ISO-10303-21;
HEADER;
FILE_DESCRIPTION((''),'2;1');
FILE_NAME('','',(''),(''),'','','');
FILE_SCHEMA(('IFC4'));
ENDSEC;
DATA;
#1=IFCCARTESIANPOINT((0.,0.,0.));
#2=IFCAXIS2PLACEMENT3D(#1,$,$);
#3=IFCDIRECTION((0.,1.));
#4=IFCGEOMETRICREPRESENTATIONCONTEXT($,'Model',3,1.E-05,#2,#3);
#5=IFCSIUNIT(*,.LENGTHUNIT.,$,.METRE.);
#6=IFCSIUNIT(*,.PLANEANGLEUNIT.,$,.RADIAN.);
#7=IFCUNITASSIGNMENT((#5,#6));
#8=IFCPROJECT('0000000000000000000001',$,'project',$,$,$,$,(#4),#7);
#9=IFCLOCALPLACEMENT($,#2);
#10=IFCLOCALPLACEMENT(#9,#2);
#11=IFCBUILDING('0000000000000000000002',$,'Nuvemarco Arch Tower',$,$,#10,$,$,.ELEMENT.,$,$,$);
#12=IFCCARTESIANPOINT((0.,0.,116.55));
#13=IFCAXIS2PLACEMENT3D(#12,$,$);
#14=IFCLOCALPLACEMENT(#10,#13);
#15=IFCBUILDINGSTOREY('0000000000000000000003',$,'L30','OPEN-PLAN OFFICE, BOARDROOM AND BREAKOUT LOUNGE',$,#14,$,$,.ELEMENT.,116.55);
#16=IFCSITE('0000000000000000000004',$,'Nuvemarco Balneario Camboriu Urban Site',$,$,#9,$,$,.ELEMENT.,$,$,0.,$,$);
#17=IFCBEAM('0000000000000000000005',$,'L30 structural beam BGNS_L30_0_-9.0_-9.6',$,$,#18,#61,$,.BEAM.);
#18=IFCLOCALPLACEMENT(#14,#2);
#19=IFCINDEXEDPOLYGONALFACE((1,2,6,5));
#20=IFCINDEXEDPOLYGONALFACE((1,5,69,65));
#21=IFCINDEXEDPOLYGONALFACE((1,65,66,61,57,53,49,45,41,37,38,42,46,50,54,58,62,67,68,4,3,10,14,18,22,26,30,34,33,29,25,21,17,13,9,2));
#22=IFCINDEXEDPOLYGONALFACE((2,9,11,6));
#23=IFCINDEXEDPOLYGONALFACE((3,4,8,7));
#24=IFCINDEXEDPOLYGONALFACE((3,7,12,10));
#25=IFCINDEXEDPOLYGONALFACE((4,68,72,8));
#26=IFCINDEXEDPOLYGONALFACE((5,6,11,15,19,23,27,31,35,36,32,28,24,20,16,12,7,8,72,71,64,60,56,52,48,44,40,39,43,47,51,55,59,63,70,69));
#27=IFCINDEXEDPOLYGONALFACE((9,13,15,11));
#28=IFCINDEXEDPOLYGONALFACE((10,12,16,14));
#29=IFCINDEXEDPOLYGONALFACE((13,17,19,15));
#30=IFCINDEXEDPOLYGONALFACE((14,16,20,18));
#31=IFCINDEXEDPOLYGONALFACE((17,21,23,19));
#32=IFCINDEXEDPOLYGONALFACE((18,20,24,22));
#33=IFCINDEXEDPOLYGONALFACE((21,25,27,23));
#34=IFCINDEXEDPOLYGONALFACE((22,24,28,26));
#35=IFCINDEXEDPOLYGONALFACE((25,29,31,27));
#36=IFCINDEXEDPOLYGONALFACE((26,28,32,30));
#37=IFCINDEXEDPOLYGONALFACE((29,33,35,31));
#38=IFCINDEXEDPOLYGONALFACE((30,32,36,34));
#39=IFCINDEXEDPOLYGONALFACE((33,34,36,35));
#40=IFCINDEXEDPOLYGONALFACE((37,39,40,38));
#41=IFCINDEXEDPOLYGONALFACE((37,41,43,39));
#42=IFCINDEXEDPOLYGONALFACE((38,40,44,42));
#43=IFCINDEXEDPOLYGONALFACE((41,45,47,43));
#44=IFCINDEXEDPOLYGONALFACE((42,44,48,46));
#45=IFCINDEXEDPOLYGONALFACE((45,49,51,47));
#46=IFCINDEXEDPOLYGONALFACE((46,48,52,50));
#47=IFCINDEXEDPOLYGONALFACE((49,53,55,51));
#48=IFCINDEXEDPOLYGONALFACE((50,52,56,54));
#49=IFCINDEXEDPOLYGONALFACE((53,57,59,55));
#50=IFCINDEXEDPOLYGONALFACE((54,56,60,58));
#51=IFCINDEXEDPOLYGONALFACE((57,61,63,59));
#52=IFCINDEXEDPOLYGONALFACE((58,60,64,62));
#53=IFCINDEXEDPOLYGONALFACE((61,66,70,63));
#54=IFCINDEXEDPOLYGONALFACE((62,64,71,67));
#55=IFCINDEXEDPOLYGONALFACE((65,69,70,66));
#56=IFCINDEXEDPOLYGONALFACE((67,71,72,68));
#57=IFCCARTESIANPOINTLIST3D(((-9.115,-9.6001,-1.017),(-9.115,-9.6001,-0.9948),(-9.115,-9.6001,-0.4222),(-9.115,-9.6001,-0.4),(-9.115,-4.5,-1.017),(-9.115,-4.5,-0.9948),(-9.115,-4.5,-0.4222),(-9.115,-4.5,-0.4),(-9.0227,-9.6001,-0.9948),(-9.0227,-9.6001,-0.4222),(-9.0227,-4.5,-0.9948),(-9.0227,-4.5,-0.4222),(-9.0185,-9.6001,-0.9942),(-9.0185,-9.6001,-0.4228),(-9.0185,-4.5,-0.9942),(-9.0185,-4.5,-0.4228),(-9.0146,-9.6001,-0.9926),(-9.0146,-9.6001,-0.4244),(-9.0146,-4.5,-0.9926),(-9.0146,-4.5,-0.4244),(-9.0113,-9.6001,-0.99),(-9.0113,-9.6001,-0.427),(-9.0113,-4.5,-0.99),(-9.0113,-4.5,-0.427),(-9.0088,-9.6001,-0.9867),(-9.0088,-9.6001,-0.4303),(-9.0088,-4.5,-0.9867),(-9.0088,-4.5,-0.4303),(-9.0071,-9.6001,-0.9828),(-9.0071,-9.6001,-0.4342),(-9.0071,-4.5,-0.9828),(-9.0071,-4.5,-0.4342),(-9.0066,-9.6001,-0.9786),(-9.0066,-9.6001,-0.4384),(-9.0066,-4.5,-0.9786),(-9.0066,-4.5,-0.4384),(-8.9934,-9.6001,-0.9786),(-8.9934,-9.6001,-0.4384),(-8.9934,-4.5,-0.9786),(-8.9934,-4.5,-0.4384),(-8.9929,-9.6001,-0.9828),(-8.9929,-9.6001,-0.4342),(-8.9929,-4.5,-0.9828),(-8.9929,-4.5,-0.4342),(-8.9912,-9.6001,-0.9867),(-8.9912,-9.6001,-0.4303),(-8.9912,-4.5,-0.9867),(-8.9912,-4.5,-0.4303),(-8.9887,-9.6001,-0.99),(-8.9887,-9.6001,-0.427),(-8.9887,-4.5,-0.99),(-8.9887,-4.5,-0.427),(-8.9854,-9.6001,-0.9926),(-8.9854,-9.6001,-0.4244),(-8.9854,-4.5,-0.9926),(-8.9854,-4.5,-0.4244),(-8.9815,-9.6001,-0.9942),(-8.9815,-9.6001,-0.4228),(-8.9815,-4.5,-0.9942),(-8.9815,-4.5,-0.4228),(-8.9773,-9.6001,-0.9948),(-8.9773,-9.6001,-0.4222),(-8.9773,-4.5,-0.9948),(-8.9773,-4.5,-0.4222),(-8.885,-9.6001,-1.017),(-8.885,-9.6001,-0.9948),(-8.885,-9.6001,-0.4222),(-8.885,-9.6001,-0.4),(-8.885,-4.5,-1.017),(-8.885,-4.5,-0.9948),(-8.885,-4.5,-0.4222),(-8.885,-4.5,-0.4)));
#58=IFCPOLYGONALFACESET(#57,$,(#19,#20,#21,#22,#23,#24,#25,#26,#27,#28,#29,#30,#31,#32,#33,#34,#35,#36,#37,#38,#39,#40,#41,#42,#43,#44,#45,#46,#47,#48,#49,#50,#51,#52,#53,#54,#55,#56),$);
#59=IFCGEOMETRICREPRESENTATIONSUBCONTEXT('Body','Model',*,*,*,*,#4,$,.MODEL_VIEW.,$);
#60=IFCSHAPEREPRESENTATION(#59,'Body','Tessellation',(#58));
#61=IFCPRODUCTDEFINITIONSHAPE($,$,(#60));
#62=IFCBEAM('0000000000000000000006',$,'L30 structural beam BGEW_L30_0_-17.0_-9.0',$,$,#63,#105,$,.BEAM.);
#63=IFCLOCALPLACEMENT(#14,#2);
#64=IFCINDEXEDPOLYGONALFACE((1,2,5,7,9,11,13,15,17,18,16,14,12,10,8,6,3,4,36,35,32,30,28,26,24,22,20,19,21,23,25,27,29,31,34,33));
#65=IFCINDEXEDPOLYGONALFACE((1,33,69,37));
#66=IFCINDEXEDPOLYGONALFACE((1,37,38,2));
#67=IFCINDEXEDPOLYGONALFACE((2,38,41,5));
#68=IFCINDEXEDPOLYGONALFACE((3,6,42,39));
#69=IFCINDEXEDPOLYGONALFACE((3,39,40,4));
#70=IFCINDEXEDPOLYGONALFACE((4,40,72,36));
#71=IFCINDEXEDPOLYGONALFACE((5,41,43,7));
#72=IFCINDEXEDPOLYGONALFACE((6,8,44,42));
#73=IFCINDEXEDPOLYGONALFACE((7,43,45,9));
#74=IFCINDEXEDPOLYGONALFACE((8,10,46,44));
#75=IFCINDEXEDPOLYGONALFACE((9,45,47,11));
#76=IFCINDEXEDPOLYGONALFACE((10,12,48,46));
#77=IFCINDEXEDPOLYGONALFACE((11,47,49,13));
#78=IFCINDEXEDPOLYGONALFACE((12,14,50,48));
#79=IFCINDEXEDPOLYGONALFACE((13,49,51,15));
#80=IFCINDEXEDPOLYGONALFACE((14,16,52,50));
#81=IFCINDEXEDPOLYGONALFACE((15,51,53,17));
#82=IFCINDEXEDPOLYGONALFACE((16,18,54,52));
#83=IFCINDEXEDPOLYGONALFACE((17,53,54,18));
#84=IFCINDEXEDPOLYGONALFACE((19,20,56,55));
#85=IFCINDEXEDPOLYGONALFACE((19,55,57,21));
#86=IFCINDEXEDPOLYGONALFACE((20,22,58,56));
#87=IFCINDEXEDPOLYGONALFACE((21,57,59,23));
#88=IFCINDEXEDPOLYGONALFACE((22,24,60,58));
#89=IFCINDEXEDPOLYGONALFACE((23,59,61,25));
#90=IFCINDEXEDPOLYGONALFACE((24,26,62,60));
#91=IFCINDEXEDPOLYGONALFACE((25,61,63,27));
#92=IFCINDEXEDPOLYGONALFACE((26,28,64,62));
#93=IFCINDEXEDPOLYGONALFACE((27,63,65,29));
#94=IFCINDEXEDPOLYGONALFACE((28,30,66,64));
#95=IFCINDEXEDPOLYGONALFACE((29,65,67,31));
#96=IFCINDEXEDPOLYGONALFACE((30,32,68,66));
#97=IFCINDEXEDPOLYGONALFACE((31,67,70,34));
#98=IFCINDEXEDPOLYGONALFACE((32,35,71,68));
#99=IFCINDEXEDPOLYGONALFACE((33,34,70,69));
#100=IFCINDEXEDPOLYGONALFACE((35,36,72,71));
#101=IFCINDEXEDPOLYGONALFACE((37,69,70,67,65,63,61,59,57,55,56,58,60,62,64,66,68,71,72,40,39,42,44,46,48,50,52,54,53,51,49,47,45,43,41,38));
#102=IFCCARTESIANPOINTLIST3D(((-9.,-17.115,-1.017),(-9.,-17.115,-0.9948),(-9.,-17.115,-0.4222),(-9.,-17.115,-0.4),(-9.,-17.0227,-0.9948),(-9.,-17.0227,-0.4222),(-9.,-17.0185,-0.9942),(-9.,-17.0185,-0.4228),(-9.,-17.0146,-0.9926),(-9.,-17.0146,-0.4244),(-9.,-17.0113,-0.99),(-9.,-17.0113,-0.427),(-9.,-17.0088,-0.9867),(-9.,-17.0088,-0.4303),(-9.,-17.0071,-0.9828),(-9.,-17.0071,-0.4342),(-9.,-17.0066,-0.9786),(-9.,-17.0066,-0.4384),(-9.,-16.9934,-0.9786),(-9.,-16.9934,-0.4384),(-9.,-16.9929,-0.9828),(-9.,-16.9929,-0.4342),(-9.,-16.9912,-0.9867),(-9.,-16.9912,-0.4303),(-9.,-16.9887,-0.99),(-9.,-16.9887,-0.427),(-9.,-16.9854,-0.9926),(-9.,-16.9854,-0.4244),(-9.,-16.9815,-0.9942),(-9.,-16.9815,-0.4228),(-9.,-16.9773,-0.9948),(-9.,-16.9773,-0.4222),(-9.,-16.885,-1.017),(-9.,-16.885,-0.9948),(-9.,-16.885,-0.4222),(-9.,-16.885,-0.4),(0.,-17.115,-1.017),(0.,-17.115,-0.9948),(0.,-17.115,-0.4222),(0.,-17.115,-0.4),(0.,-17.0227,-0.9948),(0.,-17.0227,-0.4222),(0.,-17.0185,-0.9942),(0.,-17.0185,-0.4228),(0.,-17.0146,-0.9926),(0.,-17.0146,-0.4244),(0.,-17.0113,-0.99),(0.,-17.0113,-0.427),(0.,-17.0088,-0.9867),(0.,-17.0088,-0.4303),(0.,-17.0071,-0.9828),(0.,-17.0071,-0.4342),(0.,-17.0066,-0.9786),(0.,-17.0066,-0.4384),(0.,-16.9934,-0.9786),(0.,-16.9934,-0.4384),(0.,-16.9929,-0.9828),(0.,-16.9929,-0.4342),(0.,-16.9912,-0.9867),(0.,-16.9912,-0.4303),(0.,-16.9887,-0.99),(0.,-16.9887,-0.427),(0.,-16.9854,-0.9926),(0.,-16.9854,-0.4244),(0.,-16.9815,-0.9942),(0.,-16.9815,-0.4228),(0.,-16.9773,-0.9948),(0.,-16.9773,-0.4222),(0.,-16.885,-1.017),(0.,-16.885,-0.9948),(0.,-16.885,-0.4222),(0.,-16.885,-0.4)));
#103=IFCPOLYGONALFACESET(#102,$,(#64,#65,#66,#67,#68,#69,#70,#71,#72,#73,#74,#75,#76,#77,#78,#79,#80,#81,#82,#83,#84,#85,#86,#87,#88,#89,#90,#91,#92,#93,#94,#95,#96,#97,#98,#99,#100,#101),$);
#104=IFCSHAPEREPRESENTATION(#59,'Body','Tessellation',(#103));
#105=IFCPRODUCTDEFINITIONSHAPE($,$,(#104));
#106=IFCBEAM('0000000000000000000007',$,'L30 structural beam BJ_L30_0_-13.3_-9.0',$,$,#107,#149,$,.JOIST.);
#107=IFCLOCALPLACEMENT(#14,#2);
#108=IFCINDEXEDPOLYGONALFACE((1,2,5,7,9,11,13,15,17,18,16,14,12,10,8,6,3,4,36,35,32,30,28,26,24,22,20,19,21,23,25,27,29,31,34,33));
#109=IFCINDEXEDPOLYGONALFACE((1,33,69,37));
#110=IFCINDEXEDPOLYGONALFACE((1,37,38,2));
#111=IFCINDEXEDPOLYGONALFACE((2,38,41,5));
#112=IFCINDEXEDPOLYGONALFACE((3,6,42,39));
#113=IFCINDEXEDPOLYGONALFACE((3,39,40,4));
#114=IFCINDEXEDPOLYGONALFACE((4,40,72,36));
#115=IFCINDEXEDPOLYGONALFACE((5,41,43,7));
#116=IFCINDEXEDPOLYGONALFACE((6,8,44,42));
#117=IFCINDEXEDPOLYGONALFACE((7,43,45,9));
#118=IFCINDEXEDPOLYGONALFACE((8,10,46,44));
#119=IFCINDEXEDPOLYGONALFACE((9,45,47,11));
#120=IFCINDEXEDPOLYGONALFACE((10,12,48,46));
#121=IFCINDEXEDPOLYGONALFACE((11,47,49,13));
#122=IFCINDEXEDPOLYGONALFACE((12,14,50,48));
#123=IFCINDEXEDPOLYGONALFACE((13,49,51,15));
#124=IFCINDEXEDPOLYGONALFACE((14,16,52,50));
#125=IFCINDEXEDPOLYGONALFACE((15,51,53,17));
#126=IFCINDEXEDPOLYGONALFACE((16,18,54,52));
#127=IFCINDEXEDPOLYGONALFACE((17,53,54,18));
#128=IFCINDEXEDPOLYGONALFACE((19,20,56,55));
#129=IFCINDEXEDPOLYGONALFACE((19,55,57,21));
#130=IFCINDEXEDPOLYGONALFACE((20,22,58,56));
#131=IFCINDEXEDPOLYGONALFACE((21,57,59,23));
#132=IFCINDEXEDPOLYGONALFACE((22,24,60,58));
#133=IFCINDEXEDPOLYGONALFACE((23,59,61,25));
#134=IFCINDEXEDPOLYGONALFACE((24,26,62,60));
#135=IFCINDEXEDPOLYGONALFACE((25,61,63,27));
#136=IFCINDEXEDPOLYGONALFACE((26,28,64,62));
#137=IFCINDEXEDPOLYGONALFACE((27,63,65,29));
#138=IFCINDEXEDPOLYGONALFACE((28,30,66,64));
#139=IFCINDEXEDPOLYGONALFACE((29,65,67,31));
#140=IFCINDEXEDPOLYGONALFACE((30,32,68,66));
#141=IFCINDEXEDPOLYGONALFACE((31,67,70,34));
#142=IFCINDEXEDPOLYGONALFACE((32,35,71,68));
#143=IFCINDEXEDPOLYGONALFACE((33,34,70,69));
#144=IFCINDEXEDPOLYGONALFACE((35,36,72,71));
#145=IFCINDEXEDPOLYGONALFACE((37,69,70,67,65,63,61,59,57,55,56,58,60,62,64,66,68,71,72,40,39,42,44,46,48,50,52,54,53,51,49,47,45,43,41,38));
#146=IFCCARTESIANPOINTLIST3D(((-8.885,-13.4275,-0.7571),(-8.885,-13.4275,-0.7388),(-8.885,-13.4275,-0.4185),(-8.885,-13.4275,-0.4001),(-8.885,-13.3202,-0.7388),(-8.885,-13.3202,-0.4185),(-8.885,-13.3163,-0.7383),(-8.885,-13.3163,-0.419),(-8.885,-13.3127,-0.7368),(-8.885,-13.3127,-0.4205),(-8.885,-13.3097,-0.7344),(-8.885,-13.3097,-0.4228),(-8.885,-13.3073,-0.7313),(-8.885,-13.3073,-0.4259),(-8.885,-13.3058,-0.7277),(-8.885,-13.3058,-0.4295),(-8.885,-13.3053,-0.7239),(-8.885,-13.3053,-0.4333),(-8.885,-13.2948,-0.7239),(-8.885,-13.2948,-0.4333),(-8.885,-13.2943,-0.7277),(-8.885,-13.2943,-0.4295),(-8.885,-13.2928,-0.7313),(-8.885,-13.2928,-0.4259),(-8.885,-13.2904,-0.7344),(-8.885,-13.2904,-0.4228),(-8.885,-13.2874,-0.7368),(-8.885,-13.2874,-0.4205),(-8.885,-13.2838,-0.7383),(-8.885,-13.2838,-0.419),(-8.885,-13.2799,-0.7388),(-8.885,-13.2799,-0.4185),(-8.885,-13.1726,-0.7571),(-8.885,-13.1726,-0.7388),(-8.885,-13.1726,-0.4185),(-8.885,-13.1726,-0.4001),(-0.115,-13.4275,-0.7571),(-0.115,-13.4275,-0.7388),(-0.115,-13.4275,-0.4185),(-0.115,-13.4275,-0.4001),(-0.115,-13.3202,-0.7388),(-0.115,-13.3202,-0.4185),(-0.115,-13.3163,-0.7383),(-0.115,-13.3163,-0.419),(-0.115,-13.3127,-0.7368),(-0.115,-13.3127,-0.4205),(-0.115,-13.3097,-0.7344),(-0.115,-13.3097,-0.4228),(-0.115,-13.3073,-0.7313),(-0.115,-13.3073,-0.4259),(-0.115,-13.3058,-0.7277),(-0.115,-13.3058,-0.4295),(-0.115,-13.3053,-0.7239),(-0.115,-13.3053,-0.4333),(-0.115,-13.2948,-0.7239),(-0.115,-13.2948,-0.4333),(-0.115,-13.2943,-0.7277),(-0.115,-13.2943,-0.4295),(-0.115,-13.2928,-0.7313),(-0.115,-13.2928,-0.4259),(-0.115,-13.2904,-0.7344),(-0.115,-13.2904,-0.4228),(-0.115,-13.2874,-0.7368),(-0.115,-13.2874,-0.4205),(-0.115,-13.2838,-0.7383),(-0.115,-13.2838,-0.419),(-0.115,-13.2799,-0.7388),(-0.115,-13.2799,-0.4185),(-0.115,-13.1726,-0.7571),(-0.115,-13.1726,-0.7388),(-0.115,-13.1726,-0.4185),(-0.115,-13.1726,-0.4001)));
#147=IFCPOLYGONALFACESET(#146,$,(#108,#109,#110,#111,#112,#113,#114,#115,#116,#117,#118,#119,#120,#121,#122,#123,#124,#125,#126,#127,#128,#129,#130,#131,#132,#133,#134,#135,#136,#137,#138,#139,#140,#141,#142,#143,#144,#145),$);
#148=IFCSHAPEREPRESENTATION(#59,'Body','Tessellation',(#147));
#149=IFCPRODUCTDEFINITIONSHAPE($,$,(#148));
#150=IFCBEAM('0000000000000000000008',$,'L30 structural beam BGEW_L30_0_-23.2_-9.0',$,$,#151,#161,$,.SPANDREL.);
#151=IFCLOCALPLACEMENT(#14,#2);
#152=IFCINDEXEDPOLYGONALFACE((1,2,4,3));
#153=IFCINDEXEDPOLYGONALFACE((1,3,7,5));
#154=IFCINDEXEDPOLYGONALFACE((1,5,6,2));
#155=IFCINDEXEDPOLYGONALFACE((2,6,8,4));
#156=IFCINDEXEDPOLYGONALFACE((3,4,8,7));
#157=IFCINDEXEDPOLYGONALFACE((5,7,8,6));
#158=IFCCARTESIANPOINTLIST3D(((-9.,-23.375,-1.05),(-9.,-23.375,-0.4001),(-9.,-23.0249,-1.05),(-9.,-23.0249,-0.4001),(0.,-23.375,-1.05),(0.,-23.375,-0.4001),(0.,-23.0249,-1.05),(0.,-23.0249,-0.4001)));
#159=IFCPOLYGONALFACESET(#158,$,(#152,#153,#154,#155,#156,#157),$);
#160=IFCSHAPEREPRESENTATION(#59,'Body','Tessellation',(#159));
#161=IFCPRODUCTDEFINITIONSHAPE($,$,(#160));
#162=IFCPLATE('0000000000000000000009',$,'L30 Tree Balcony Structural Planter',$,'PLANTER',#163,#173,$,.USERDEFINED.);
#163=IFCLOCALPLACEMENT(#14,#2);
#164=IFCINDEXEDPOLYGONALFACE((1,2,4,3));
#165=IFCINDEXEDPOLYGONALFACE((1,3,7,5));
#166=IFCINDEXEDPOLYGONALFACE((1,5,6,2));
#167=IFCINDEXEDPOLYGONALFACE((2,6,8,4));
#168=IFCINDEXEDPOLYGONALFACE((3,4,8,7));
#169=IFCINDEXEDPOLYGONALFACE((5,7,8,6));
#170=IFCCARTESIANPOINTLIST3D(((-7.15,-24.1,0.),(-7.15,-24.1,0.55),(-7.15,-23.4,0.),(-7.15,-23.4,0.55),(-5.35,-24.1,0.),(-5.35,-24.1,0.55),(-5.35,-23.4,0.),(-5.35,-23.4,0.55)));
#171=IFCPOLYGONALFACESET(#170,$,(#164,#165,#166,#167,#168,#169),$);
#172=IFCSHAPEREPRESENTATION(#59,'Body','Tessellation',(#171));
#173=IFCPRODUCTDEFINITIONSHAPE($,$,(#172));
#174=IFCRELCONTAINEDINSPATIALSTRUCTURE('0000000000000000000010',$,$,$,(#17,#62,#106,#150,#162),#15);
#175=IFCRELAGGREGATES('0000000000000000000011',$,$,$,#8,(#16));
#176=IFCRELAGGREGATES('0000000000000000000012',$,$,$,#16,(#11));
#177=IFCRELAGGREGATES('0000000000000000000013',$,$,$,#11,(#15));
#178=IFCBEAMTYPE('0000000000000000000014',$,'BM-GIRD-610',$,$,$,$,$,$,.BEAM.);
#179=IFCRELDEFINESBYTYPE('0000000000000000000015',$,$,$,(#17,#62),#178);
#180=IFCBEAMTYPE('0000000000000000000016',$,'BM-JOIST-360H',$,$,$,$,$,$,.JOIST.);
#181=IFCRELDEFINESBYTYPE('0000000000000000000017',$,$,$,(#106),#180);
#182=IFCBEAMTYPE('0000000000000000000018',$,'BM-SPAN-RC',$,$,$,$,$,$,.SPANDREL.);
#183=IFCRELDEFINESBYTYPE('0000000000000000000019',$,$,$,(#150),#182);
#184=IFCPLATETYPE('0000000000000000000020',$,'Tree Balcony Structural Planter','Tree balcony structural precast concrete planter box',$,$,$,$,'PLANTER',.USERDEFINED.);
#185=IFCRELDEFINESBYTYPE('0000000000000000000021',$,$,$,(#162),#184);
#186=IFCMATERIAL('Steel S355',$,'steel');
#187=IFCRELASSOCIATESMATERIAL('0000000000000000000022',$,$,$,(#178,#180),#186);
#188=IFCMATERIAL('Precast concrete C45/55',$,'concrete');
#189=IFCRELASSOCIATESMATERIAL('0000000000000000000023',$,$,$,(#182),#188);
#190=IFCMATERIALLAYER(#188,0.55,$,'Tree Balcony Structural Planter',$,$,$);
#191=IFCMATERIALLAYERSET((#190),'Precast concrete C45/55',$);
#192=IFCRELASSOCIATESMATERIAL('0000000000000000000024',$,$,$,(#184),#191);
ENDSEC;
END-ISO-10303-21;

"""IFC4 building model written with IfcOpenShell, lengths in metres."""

from ifc_helpers import new_model, si_unit, direction, frame, origin, origin_2d, place, context, subcontext, project, spatial, rectangle, i_section, extrude, source, transform, mapped, material, layer, layer_set, material_profile, profile_set, type_object, type_shapes, element, save


model = new_model("IFC4")

# Units and contexts
model_context = context("Model", 3, precision=1e-05, world=origin(), true_north=direction((0.0, 1.0)))
body_context = subcontext(model_context, "Body", "Model", "MODEL_VIEW")
ifc_project = project(units=[si_unit("LENGTHUNIT", "METRE"), si_unit("PLANEANGLEUNIT", "RADIAN")], contexts=[model_context])

# Site, building, storey
site_placement = place(None, origin())
site = spatial("IfcSite", under=ifc_project, at=site_placement, Name="Nuvemarco Balneario Camboriu Urban Site", CompositionType="ELEMENT", RefElevation=0.0)
building_placement = place(site_placement, origin())
building = spatial("IfcBuilding", under=site, at=building_placement, Name="Nuvemarco Arch Tower", CompositionType="ELEMENT")
storey_placement = place(building_placement, frame((0.0, 0.0, 116.55)))
storey = spatial("IfcBuildingStorey", under=building, at=storey_placement, Name="L30", Description="OPEN-PLAN OFFICE, BOARDROOM AND BREAKOUT LOUNGE", CompositionType="ELEMENT", Elevation=116.55)

# Shared definitions
ifc_material_1 = material(Name="Steel S355", Category="steel")

# Beams
ifc_material_profile_1 = material_profile(ifc_material_1, i_section(OverallWidth=0.23, OverallDepth=0.6169, WebThickness=0.0132, FlangeThickness=0.0222, FilletRadius=0.0161, at=origin_2d()), Name="W610x140")
ifc_profile_set_1 = profile_set([ifc_material_profile_1], Name="Steel S355")
beam_type_1 = type_object("IfcBeamType", Name="BM-GIRD-610", PredefinedType="BEAM", material=ifc_profile_set_1)
beam_1_placement = place(storey_placement, frame((-9.0, -9.6001, -0.7085), z_axis=(0.0, 1.0, 0.0), x_axis=(-1.0, 0.0, 0.0)))
element("IfcBeam", 1, at=beam_1_placement, inside=storey, type_object=beam_type_1, Name="L30 structural beam BGNS_L30_0_-9.0_-9.6", PredefinedType="BEAM", context=body_context, shape_type="SweptSolid", body=[
    extrude(i_section(OverallWidth=0.23, OverallDepth=0.6169, WebThickness=0.0132, FlangeThickness=0.0222, FilletRadius=0.0161, at=origin_2d()), origin(), (0.0, 0.0, 1.0), 5.1001),
])
beam_2_placement = place(storey_placement, frame((-9.0, -17.0, -0.7085), z_axis=(1.0, 0.0, 0.0), x_axis=(0.0, 1.0, 0.0)))
element("IfcBeam", 2, at=beam_2_placement, inside=storey, type_object=beam_type_1, Name="L30 structural beam BGEW_L30_0_-17.0_-9.0", PredefinedType="BEAM", context=body_context, shape_type="SweptSolid", body=[
    extrude(i_section(OverallWidth=0.23, OverallDepth=0.6169, WebThickness=0.0132, FlangeThickness=0.0222, FilletRadius=0.0161, at=origin_2d()), origin(), (0.0, 0.0, 1.0), 9.0),
])
ifc_material_profile_2 = material_profile(ifc_material_1, i_section(OverallWidth=0.2549, OverallDepth=0.3569, WebThickness=0.0105, FlangeThickness=0.0183, FilletRadius=0.0149, at=origin_2d()), Name="W360x101")
ifc_profile_set_2 = profile_set([ifc_material_profile_2], Name="Steel S355")
beam_type_2 = type_object("IfcBeamType", Name="BM-JOIST-360H", PredefinedType="JOIST", material=ifc_profile_set_2)
beam_3_placement = place(storey_placement, frame((-8.885, -13.3, -0.5786), z_axis=(1.0, 0.0, 0.0), x_axis=(0.0, 1.0, 0.0)))
element("IfcBeam", 3, at=beam_3_placement, inside=storey, type_object=beam_type_2, Name="L30 structural beam BJ_L30_0_-13.3_-9.0", PredefinedType="JOIST", context=body_context, shape_type="SweptSolid", body=[
    extrude(i_section(OverallWidth=0.2549, OverallDepth=0.3569, WebThickness=0.0105, FlangeThickness=0.0183, FilletRadius=0.0149, at=origin_2d()), origin(), (0.0, 0.0, 1.0), 8.77),
])
ifc_material_2 = material(Name="Precast concrete C45/55", Category="concrete")
ifc_material_profile_3 = material_profile(ifc_material_2, rectangle(XDim=0.3501, YDim=0.6499, at=origin_2d()), Name="PC-SP-350x650")
ifc_profile_set_3 = profile_set([ifc_material_profile_3], Name="Precast concrete C45/55")
beam_type_3 = type_object("IfcBeamType", Name="BM-SPAN-RC", PredefinedType="SPANDREL", material=ifc_profile_set_3)
beam_4_placement = place(storey_placement, frame((-9.0, -23.2, -0.7251), z_axis=(1.0, 0.0, 0.0), x_axis=(0.0, 1.0, 0.0)))
element("IfcBeam", 4, at=beam_4_placement, inside=storey, type_object=beam_type_3, Name="L30 structural beam BGEW_L30_0_-23.2_-9.0", PredefinedType="SPANDREL", context=body_context, shape_type="SweptSolid", body=[
    extrude(rectangle(XDim=0.3501, YDim=0.6499, at=origin_2d()), origin(), (0.0, 0.0, 1.0), 9.0),
])

# Plate
ifc_layer_1 = layer(ifc_material_2, 0.55, Name="Tree Balcony Structural Planter")
ifc_layer_set_1 = layer_set([ifc_layer_1], Name="Precast concrete C45/55")
plate_type = type_object("IfcPlateType", Name="Tree Balcony Structural Planter", Description="Tree balcony structural precast concrete planter box", ElementType="PLANTER", PredefinedType="USERDEFINED", material=ifc_layer_set_1)
shared_shape_1 = source(origin(), body_context, "Body", "SweptSolid", [
    extrude(rectangle(XDim=1.8, YDim=0.7, at=origin_2d()), origin(), (0.0, 0.0, 1.0), 0.55),
])
type_shapes(plate_type, [shared_shape_1])
plate_placement = place(storey_placement, frame((-6.25, -23.75, 0.0), z_axis=(0.0, 0.0, 1.0), x_axis=(1.0, 0.0, 0.0)))
element("IfcPlate", 5, at=plate_placement, inside=storey, type_object=plate_type, Name="L30 Tree Balcony Structural Planter", ObjectType="PLANTER", PredefinedType="USERDEFINED", context=body_context, shape_type="MappedRepresentation", body=[
    mapped(shared_shape_1, transform((0.0, 0.0, 0.0), scale=1.0)),
])

save(model, "model.ifc")
